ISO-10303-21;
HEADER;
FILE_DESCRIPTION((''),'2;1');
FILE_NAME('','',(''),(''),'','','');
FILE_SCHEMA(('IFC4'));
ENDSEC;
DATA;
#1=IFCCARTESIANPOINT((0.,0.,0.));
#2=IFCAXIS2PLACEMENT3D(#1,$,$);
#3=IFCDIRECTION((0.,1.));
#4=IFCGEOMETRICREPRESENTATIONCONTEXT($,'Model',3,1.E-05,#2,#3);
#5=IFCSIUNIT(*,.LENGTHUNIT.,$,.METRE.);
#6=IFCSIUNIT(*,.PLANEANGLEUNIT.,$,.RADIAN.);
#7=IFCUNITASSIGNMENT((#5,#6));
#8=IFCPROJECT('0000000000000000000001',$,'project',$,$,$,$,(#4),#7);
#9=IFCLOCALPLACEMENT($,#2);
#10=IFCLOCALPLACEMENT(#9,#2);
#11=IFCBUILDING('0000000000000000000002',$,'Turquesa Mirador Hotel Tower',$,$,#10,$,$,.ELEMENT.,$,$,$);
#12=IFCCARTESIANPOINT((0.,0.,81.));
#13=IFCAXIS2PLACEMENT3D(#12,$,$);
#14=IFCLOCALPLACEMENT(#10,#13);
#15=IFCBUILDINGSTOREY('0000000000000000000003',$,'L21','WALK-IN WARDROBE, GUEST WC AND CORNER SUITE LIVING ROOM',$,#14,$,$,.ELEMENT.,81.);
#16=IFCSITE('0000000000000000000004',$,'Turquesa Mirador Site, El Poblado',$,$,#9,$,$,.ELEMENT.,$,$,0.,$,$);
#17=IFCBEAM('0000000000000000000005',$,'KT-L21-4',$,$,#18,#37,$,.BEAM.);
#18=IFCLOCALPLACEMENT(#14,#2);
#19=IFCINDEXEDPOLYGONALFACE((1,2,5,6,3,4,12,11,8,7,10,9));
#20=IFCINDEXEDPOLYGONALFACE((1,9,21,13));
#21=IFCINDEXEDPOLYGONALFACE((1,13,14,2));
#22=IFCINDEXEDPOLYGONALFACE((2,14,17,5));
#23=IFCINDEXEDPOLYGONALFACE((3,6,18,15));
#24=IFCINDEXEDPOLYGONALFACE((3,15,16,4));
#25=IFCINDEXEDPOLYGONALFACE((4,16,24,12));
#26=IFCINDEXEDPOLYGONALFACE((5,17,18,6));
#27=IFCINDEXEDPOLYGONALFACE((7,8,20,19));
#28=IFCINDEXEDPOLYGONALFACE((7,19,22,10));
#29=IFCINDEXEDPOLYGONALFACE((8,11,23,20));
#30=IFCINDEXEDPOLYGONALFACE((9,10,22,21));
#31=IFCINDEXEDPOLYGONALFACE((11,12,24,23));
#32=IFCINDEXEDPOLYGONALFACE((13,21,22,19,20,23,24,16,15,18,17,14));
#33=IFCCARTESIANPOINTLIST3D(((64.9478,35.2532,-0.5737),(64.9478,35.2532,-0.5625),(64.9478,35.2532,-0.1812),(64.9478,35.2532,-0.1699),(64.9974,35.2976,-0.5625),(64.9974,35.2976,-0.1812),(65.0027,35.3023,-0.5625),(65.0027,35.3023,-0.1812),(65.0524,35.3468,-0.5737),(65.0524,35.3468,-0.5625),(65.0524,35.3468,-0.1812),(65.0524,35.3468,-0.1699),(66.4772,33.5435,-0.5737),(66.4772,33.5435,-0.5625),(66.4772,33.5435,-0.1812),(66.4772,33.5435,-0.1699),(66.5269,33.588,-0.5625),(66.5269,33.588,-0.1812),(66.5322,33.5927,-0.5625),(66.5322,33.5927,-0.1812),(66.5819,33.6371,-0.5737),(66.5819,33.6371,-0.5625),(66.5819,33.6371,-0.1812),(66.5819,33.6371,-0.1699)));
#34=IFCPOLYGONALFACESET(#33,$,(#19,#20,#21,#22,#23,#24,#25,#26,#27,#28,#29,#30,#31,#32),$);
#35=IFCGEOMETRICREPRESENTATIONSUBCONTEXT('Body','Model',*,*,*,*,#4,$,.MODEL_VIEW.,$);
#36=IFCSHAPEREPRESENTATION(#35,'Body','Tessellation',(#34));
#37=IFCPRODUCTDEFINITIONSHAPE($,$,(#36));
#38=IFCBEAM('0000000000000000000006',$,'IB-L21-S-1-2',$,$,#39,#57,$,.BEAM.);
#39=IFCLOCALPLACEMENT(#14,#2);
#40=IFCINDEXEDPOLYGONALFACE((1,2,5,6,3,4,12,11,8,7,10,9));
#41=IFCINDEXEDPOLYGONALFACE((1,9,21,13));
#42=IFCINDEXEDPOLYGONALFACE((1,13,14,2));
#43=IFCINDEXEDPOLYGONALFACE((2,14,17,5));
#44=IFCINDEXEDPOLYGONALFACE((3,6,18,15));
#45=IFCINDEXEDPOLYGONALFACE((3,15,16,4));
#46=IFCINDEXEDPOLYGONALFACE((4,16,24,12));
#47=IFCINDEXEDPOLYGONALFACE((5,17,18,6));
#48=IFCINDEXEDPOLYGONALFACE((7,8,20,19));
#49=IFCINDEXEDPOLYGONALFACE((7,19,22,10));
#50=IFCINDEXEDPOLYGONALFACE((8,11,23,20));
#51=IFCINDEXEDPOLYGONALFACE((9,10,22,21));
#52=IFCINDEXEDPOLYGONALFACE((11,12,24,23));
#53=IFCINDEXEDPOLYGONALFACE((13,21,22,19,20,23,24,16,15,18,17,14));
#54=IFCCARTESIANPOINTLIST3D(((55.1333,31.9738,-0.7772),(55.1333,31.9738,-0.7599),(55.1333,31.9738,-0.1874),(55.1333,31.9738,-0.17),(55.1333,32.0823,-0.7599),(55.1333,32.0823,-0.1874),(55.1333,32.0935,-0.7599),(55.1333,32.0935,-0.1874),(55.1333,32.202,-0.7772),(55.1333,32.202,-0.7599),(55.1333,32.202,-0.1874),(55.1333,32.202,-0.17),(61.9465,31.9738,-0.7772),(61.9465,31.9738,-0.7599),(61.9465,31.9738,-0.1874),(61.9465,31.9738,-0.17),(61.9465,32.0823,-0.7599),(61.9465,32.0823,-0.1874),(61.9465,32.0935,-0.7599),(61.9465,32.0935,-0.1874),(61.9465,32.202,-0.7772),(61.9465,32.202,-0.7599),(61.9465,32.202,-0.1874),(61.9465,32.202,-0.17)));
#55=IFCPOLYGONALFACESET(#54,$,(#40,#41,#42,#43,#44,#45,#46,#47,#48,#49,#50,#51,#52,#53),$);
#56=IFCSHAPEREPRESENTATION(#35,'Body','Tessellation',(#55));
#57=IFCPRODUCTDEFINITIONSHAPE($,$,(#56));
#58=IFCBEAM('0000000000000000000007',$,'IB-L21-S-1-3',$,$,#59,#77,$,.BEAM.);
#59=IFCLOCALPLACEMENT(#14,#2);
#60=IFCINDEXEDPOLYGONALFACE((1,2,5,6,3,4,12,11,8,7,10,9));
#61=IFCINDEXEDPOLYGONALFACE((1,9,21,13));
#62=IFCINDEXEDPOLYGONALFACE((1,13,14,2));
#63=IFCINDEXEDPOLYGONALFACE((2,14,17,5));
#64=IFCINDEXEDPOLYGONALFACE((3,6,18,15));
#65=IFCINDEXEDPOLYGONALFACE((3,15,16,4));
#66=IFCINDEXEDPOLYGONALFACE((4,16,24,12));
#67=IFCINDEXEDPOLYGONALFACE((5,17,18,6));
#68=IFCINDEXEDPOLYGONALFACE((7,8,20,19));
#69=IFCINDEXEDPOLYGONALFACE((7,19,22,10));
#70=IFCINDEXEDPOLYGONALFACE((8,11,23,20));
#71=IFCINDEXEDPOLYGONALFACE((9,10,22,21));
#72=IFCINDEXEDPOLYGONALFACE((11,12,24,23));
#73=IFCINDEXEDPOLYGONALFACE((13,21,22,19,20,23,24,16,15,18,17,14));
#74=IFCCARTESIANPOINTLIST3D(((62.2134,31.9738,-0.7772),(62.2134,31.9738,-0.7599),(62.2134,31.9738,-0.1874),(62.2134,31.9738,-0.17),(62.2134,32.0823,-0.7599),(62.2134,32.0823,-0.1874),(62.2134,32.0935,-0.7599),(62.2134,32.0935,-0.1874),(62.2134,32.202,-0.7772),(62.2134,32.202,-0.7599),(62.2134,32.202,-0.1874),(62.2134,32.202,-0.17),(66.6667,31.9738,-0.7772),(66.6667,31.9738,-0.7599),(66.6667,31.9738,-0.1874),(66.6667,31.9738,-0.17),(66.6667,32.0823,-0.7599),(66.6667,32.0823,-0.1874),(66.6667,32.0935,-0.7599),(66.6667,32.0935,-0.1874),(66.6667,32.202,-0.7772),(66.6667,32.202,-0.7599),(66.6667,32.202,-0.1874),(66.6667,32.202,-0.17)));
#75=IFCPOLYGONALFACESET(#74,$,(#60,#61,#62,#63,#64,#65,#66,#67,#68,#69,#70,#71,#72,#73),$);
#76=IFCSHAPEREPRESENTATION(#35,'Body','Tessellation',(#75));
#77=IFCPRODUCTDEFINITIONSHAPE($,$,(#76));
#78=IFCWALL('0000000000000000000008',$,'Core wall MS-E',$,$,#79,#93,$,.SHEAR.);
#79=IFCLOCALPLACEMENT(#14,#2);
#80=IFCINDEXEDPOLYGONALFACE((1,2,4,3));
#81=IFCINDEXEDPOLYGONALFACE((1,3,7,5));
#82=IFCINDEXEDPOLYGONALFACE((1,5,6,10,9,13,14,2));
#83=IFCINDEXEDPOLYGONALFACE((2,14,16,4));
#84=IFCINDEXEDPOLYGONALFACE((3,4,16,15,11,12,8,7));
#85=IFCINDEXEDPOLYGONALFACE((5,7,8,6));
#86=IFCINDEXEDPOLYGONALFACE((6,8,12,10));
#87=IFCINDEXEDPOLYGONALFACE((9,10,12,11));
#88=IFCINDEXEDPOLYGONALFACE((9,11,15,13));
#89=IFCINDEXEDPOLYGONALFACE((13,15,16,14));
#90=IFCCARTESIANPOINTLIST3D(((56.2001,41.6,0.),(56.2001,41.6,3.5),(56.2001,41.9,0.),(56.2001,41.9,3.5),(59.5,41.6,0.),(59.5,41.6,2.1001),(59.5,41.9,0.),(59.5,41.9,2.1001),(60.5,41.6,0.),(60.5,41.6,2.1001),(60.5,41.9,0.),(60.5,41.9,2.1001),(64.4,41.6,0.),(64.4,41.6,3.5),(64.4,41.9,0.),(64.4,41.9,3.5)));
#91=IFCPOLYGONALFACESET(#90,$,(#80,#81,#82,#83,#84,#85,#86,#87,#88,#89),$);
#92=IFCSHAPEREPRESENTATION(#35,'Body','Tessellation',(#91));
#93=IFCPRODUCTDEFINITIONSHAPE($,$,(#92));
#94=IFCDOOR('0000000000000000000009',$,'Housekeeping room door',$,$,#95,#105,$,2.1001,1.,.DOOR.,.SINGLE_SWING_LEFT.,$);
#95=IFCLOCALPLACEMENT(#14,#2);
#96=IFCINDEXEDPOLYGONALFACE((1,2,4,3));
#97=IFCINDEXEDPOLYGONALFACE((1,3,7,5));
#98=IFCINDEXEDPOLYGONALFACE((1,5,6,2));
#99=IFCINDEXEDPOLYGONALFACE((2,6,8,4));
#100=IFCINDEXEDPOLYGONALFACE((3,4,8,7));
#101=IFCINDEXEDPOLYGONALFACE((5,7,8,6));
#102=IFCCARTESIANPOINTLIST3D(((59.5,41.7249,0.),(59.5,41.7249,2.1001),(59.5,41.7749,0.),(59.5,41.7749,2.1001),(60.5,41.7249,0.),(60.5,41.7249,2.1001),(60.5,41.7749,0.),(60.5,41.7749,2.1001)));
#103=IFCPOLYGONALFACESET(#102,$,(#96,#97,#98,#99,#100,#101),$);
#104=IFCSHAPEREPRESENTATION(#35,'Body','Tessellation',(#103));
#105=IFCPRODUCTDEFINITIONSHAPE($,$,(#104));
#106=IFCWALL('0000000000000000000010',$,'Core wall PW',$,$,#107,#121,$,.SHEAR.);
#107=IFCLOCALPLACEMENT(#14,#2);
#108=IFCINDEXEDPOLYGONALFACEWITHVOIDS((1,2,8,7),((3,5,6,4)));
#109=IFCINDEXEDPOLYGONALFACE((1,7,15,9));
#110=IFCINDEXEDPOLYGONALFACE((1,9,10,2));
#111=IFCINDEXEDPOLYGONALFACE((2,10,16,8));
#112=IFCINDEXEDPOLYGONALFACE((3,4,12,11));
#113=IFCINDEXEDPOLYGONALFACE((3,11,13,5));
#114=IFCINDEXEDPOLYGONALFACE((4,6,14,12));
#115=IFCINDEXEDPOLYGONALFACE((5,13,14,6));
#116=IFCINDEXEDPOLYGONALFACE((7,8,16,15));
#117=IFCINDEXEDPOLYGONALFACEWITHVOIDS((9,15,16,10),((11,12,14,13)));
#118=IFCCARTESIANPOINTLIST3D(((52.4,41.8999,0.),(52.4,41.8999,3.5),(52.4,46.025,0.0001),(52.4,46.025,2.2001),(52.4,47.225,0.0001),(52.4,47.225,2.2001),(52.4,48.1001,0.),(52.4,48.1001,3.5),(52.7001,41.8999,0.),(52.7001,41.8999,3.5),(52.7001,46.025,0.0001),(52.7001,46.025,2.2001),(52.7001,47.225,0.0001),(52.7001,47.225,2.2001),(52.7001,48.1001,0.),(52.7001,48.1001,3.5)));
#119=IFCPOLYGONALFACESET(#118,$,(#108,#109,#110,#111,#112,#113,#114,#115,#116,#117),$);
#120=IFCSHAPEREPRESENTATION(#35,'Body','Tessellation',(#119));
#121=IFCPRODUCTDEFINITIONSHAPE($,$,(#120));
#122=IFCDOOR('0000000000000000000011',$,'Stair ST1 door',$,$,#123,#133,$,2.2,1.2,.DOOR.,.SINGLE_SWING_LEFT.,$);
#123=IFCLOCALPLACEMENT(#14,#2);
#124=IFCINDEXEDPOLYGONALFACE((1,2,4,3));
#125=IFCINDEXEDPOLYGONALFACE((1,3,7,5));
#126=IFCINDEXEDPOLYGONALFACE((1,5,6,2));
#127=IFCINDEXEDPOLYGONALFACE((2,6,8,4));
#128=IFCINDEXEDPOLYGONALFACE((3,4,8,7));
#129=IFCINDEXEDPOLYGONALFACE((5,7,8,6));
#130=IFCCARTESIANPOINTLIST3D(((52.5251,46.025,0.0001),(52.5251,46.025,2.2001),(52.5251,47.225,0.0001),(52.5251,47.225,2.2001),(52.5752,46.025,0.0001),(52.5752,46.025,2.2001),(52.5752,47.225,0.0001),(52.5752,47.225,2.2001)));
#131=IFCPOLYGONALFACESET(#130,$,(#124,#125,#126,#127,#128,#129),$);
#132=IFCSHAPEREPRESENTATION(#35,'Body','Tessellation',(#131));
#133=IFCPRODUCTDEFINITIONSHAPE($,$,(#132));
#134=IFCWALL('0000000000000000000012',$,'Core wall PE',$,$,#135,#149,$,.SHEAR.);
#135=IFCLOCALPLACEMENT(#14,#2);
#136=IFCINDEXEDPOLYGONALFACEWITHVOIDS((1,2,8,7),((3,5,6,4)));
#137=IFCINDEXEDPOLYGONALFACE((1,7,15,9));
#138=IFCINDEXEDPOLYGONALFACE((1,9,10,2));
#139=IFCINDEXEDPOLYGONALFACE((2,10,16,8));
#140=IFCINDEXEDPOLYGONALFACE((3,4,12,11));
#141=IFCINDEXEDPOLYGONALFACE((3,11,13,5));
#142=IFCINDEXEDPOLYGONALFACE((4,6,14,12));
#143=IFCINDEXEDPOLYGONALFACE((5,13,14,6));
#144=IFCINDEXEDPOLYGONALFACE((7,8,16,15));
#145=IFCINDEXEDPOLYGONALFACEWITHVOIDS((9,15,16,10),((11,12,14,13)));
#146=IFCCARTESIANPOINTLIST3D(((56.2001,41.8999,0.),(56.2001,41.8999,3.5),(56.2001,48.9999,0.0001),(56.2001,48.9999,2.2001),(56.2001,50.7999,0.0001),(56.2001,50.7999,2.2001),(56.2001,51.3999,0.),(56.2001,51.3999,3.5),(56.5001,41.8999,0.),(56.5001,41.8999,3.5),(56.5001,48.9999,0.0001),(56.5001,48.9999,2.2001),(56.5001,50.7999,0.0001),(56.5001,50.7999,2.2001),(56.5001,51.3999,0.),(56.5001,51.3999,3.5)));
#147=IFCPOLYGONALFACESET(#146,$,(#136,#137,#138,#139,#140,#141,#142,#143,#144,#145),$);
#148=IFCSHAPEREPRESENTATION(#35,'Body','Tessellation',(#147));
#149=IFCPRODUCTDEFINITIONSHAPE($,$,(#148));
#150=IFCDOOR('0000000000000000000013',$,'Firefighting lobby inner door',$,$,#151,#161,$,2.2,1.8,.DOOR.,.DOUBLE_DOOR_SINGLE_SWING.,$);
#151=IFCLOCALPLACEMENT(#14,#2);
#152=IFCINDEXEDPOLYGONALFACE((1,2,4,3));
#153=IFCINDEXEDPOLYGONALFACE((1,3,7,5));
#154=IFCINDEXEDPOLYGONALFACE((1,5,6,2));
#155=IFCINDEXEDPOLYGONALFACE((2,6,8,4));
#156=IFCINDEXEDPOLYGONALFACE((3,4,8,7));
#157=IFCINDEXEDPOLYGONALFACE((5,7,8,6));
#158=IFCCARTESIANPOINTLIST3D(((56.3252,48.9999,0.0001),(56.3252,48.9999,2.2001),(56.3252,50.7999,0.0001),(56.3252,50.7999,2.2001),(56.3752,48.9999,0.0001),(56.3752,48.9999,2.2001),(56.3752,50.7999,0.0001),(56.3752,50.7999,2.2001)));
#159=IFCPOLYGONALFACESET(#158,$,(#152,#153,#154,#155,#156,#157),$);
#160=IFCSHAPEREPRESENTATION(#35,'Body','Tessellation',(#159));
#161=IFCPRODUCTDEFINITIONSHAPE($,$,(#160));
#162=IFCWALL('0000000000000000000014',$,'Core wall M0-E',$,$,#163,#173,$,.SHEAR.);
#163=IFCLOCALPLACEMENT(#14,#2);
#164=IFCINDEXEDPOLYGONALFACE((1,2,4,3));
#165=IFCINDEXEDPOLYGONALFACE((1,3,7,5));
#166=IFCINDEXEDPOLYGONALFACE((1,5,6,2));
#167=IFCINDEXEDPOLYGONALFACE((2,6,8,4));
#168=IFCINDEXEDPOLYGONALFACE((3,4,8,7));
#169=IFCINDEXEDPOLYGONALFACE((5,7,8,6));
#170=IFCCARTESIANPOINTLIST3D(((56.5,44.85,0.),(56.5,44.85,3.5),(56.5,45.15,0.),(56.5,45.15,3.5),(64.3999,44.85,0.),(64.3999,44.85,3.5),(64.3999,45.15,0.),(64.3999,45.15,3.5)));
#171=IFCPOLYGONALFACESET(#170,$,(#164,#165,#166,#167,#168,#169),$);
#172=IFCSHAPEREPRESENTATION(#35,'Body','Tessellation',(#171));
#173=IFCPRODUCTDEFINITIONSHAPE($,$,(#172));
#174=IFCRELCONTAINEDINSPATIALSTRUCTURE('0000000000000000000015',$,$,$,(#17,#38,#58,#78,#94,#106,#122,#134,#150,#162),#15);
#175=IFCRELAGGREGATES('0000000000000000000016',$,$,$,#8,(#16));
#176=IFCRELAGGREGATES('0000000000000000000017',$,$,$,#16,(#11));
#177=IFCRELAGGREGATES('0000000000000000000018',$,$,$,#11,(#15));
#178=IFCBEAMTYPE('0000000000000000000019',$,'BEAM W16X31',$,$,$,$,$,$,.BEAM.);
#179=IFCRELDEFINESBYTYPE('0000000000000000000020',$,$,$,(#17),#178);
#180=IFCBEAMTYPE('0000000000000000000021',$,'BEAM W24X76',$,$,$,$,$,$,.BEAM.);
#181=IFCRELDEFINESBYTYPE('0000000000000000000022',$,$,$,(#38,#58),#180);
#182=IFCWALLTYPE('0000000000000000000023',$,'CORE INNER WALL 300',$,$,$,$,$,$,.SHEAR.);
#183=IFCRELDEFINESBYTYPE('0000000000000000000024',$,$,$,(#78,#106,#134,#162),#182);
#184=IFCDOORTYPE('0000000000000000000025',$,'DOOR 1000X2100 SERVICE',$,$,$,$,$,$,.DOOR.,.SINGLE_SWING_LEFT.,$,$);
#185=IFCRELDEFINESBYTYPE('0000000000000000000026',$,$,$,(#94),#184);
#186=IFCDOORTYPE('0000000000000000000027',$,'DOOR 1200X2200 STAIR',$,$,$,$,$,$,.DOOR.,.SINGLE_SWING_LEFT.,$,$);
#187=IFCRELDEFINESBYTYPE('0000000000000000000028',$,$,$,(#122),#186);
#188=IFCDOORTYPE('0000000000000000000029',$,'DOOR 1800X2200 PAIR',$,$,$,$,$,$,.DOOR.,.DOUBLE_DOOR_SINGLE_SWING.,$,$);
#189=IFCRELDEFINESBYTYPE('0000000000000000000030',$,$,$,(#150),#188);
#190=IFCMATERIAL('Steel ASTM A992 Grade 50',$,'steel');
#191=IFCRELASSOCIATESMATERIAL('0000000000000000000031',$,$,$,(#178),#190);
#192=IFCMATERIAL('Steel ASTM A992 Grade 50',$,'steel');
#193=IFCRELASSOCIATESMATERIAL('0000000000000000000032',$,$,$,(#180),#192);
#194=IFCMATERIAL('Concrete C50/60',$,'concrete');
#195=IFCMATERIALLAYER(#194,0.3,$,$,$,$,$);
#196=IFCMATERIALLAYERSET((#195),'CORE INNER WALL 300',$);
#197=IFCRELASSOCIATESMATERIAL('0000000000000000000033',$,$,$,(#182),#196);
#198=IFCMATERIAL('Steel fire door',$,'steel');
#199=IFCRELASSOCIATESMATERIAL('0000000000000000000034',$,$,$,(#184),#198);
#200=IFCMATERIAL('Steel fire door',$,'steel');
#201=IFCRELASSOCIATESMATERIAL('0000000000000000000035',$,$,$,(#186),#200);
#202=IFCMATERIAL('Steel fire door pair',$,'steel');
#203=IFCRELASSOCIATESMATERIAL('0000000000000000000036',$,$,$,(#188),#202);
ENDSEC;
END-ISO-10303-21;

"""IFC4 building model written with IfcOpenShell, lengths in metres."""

from ifc_helpers import new_model, si_unit, direction, frame, frame_2d, origin, origin_2d, place, context, subcontext, project, spatial, rectangle, i_section, extrude, material, layer, layer_set, material_profile, profile_set, type_object, element, fill, save


model = new_model("IFC4")

# Units and contexts
model_context = context("Model", 3, precision=1e-05, world=origin(), true_north=direction((0.0, 1.0)))
body_context = subcontext(model_context, "Body", "Model", "MODEL_VIEW")
ifc_project = project(units=[si_unit("LENGTHUNIT", "METRE"), si_unit("PLANEANGLEUNIT", "RADIAN")], contexts=[model_context])

# Site, building, storey
site_placement = place(None, origin())
site = spatial("IfcSite", under=ifc_project, at=site_placement, Name="Turquesa Mirador Site, El Poblado", CompositionType="ELEMENT", RefElevation=0.0)
building_placement = place(site_placement, origin())
building = spatial("IfcBuilding", under=site, at=building_placement, Name="Turquesa Mirador Hotel Tower", CompositionType="ELEMENT")
storey_placement = place(building_placement, frame((0.0, 0.0, 81.0)))
storey = spatial("IfcBuildingStorey", under=building, at=storey_placement, Name="L21", Description="WALK-IN WARDROBE, GUEST WC AND CORNER SUITE LIVING ROOM", CompositionType="ELEMENT", Elevation=81.0)

# Beams
ifc_material_1 = material(Name="Steel ASTM A992 Grade 50", Category="steel")
ifc_material_profile_1 = material_profile(ifc_material_1, i_section(OverallWidth=0.1404, OverallDepth=0.4038, WebThickness=0.0071, FlangeThickness=0.0112, at=origin_2d()), Name="W16X31")
ifc_profile_set_1 = profile_set([ifc_material_profile_1], Name="Steel ASTM A992 Grade 50")
beam_type_1 = type_object("IfcBeamType", Name="BEAM W16X31", PredefinedType="BEAM", material=ifc_profile_set_1)
beam_1_placement = place(storey_placement, frame((66.5295, 33.5903, -0.3718), z_axis=(-0.666745, 0.745286, 0.0), x_axis=(-0.745286, -0.666745, 0.0)))
element("IfcBeam", 1, at=beam_1_placement, inside=storey, type_object=beam_type_1, Name="KT-L21-4", PredefinedType="BEAM", context=body_context, shape_type="SweptSolid", body=[
    extrude(i_section(OverallWidth=0.1404, OverallDepth=0.4038, WebThickness=0.0071, FlangeThickness=0.0112, at=origin_2d()), origin(), (0.0, 0.0, 1.0), 2.2939),
])
ifc_material_2 = material(Name="Steel ASTM A992 Grade 50", Category="steel")
ifc_material_profile_2 = material_profile(ifc_material_2, i_section(OverallWidth=0.2283, OverallDepth=0.6072, WebThickness=0.0112, FlangeThickness=0.0173, at=origin_2d()), Name="W24X76")
ifc_profile_set_2 = profile_set([ifc_material_profile_2], Name="Steel ASTM A992 Grade 50")
beam_type_2 = type_object("IfcBeamType", Name="BEAM W24X76", PredefinedType="BEAM", material=ifc_profile_set_2)
beam_2_placement = place(storey_placement, frame((55.1333, 32.0879, -0.4736), z_axis=(1.0, 0.0, 0.0), x_axis=(0.0, 1.0, 0.0)))
element("IfcBeam", 2, at=beam_2_placement, inside=storey, type_object=beam_type_2, Name="IB-L21-S-1-2", PredefinedType="BEAM", context=body_context, shape_type="SweptSolid", body=[
    extrude(i_section(OverallWidth=0.2283, OverallDepth=0.6072, WebThickness=0.0112, FlangeThickness=0.0173, at=origin_2d()), origin(), (0.0, 0.0, 1.0), 6.8132),
])
beam_3_placement = place(storey_placement, frame((62.2134, 32.0879, -0.4736), z_axis=(1.0, 0.0, 0.0), x_axis=(0.0, 1.0, 0.0)))
element("IfcBeam", 3, at=beam_3_placement, inside=storey, type_object=beam_type_2, Name="IB-L21-S-1-3", PredefinedType="BEAM", context=body_context, shape_type="SweptSolid", body=[
    extrude(i_section(OverallWidth=0.2283, OverallDepth=0.6072, WebThickness=0.0112, FlangeThickness=0.0173, at=origin_2d()), origin(), (0.0, 0.0, 1.0), 4.4534),
])

# Walls, openings, doors
ifc_material_3 = material(Name="Concrete C50/60", Category="concrete")
ifc_layer_1 = layer(ifc_material_3, 0.3)
ifc_layer_set_1 = layer_set([ifc_layer_1], Name="CORE INNER WALL 300")
wall_type_1 = type_object("IfcWallType", Name="CORE INNER WALL 300", PredefinedType="SHEAR", material=ifc_layer_set_1)
wall_1_placement = place(storey_placement, frame((56.2, 41.75, 0.0), z_axis=(0.0, 0.0, 1.0), x_axis=(1.0, 0.0, 0.0)))
wall_1 = element("IfcWall", 4, at=wall_1_placement, inside=storey, type_object=wall_type_1, Name="Core wall MS-E", PredefinedType="SHEAR", context=body_context, shape_type="SweptSolid", body=[
    extrude(rectangle(XDim=8.2, YDim=0.3, at=frame_2d((4.1001, 0.0))), origin(), (0.0, 0.0, 1.0), 3.5),
])
opening_1_placement = place(wall_1_placement, frame((3.3, 0.0, 0.0)))
opening_1 = element("IfcOpeningElement", 5, at=opening_1_placement, cuts=wall_1, PredefinedType="OPENING", context=body_context, shape_type="SweptSolid", body=[
    extrude(rectangle(XDim=1.0, YDim=2.1001, at=frame_2d((0.5, 1.05))), frame((0.0, 0.1599, 0.0), z_axis=(0.0, -1.0, 0.0), x_axis=(1.0, 0.0, 0.0)), (0.0, 0.0, 1.0), 0.3201),
])
ifc_material_4 = material(Name="Steel fire door", Category="steel")
door_type_1 = type_object("IfcDoorType", Name="DOOR 1000X2100 SERVICE", OperationType="SINGLE_SWING_LEFT", PredefinedType="DOOR", material=ifc_material_4)
door_1_placement = place(opening_1_placement, origin())
door_1 = element("IfcDoor", 6, at=door_1_placement, inside=storey, type_object=door_type_1, Name="Housekeeping room door", OperationType="SINGLE_SWING_LEFT", OverallHeight=2.1001, OverallWidth=1.0, PredefinedType="DOOR", context=body_context, shape_type="SweptSolid", body=[
    extrude(rectangle(XDim=1.0, YDim=2.1001, at=frame_2d((0.5, 1.05))), frame((0.0, 0.0249, 0.0), z_axis=(0.0, -1.0, 0.0), x_axis=(1.0, 0.0, 0.0)), (0.0, 0.0, 1.0), 0.05),
])
fill(opening_1, door_1)
wall_2_placement = place(storey_placement, frame((52.55, 41.8999, 0.0), z_axis=(0.0, 0.0, 1.0), x_axis=(0.0, 1.0, 0.0)))
wall_2 = element("IfcWall", 7, at=wall_2_placement, inside=storey, type_object=wall_type_1, Name="Core wall PW", PredefinedType="SHEAR", context=body_context, shape_type="SweptSolid", body=[
    extrude(rectangle(XDim=6.2002, YDim=0.3, at=frame_2d((3.1001, 0.0))), origin(), (0.0, 0.0, 1.0), 3.5),
])
opening_2_placement = place(wall_2_placement, frame((4.125, 0.0, 0.0)))
opening_2 = element("IfcOpeningElement", 8, at=opening_2_placement, cuts=wall_2, PredefinedType="OPENING", context=body_context, shape_type="SweptSolid", body=[
    extrude(rectangle(XDim=1.2, YDim=2.2, at=frame_2d((0.6001, 1.1001))), frame((0.0, 0.1599, 0.0), z_axis=(0.0, -1.0, 0.0), x_axis=(1.0, 0.0, 0.0)), (0.0, 0.0, 1.0), 0.3201),
])
ifc_material_5 = material(Name="Steel fire door", Category="steel")
door_type_2 = type_object("IfcDoorType", Name="DOOR 1200X2200 STAIR", OperationType="SINGLE_SWING_LEFT", PredefinedType="DOOR", material=ifc_material_5)
door_2_placement = place(opening_2_placement, origin())
door_2 = element("IfcDoor", 9, at=door_2_placement, inside=storey, type_object=door_type_2, Name="Stair ST1 door", OperationType="SINGLE_SWING_LEFT", OverallHeight=2.2, OverallWidth=1.2, PredefinedType="DOOR", context=body_context, shape_type="SweptSolid", body=[
    extrude(rectangle(XDim=1.2, YDim=2.2, at=frame_2d((0.6001, 1.1001))), frame((0.0, 0.0249, 0.0), z_axis=(0.0, -1.0, 0.0), x_axis=(1.0, 0.0, 0.0)), (0.0, 0.0, 1.0), 0.05),
])
fill(opening_2, door_2)
wall_3_placement = place(storey_placement, frame((56.3501, 41.8999, 0.0), z_axis=(0.0, 0.0, 1.0), x_axis=(0.0, 1.0, 0.0)))
wall_3 = element("IfcWall", 10, at=wall_3_placement, inside=storey, type_object=wall_type_1, Name="Core wall PE", PredefinedType="SHEAR", context=body_context, shape_type="SweptSolid", body=[
    extrude(rectangle(XDim=9.5, YDim=0.3, at=frame_2d((4.75, 0.0))), origin(), (0.0, 0.0, 1.0), 3.5),
])
opening_3_placement = place(wall_3_placement, frame((7.1001, 0.0, 0.0)))
opening_3 = element("IfcOpeningElement", 11, at=opening_3_placement, cuts=wall_3, PredefinedType="OPENING", context=body_context, shape_type="SweptSolid", body=[
    extrude(rectangle(XDim=1.8, YDim=2.2, at=frame_2d((0.8999, 1.1001))), frame((0.0, 0.1599, 0.0), z_axis=(0.0, -1.0, 0.0), x_axis=(1.0, 0.0, 0.0)), (0.0, 0.0, 1.0), 0.3201),
])
ifc_material_6 = material(Name="Steel fire door pair", Category="steel")
door_type_3 = type_object("IfcDoorType", Name="DOOR 1800X2200 PAIR", OperationType="DOUBLE_DOOR_SINGLE_SWING", PredefinedType="DOOR", material=ifc_material_6)
door_3_placement = place(opening_3_placement, origin())
door_3 = element("IfcDoor", 12, at=door_3_placement, inside=storey, type_object=door_type_3, Name="Firefighting lobby inner door", OperationType="DOUBLE_DOOR_SINGLE_SWING", OverallHeight=2.2, OverallWidth=1.8, PredefinedType="DOOR", context=body_context, shape_type="SweptSolid", body=[
    extrude(rectangle(XDim=1.8, YDim=2.2, at=frame_2d((0.8999, 1.1001))), frame((0.0, 0.0249, 0.0), z_axis=(0.0, -1.0, 0.0), x_axis=(1.0, 0.0, 0.0)), (0.0, 0.0, 1.0), 0.05),
])
fill(opening_3, door_3)

# Wall
wall_4_placement = place(storey_placement, frame((56.5, 45.0, 0.0), z_axis=(0.0, 0.0, 1.0), x_axis=(1.0, 0.0, 0.0)))
element("IfcWall", 13, at=wall_4_placement, inside=storey, type_object=wall_type_1, Name="Core wall M0-E", PredefinedType="SHEAR", context=body_context, shape_type="SweptSolid", body=[
    extrude(rectangle(XDim=7.8999, YDim=0.3, at=frame_2d((3.95, 0.0))), origin(), (0.0, 0.0, 1.0), 3.5),
])

save(model, "model.ifc")
